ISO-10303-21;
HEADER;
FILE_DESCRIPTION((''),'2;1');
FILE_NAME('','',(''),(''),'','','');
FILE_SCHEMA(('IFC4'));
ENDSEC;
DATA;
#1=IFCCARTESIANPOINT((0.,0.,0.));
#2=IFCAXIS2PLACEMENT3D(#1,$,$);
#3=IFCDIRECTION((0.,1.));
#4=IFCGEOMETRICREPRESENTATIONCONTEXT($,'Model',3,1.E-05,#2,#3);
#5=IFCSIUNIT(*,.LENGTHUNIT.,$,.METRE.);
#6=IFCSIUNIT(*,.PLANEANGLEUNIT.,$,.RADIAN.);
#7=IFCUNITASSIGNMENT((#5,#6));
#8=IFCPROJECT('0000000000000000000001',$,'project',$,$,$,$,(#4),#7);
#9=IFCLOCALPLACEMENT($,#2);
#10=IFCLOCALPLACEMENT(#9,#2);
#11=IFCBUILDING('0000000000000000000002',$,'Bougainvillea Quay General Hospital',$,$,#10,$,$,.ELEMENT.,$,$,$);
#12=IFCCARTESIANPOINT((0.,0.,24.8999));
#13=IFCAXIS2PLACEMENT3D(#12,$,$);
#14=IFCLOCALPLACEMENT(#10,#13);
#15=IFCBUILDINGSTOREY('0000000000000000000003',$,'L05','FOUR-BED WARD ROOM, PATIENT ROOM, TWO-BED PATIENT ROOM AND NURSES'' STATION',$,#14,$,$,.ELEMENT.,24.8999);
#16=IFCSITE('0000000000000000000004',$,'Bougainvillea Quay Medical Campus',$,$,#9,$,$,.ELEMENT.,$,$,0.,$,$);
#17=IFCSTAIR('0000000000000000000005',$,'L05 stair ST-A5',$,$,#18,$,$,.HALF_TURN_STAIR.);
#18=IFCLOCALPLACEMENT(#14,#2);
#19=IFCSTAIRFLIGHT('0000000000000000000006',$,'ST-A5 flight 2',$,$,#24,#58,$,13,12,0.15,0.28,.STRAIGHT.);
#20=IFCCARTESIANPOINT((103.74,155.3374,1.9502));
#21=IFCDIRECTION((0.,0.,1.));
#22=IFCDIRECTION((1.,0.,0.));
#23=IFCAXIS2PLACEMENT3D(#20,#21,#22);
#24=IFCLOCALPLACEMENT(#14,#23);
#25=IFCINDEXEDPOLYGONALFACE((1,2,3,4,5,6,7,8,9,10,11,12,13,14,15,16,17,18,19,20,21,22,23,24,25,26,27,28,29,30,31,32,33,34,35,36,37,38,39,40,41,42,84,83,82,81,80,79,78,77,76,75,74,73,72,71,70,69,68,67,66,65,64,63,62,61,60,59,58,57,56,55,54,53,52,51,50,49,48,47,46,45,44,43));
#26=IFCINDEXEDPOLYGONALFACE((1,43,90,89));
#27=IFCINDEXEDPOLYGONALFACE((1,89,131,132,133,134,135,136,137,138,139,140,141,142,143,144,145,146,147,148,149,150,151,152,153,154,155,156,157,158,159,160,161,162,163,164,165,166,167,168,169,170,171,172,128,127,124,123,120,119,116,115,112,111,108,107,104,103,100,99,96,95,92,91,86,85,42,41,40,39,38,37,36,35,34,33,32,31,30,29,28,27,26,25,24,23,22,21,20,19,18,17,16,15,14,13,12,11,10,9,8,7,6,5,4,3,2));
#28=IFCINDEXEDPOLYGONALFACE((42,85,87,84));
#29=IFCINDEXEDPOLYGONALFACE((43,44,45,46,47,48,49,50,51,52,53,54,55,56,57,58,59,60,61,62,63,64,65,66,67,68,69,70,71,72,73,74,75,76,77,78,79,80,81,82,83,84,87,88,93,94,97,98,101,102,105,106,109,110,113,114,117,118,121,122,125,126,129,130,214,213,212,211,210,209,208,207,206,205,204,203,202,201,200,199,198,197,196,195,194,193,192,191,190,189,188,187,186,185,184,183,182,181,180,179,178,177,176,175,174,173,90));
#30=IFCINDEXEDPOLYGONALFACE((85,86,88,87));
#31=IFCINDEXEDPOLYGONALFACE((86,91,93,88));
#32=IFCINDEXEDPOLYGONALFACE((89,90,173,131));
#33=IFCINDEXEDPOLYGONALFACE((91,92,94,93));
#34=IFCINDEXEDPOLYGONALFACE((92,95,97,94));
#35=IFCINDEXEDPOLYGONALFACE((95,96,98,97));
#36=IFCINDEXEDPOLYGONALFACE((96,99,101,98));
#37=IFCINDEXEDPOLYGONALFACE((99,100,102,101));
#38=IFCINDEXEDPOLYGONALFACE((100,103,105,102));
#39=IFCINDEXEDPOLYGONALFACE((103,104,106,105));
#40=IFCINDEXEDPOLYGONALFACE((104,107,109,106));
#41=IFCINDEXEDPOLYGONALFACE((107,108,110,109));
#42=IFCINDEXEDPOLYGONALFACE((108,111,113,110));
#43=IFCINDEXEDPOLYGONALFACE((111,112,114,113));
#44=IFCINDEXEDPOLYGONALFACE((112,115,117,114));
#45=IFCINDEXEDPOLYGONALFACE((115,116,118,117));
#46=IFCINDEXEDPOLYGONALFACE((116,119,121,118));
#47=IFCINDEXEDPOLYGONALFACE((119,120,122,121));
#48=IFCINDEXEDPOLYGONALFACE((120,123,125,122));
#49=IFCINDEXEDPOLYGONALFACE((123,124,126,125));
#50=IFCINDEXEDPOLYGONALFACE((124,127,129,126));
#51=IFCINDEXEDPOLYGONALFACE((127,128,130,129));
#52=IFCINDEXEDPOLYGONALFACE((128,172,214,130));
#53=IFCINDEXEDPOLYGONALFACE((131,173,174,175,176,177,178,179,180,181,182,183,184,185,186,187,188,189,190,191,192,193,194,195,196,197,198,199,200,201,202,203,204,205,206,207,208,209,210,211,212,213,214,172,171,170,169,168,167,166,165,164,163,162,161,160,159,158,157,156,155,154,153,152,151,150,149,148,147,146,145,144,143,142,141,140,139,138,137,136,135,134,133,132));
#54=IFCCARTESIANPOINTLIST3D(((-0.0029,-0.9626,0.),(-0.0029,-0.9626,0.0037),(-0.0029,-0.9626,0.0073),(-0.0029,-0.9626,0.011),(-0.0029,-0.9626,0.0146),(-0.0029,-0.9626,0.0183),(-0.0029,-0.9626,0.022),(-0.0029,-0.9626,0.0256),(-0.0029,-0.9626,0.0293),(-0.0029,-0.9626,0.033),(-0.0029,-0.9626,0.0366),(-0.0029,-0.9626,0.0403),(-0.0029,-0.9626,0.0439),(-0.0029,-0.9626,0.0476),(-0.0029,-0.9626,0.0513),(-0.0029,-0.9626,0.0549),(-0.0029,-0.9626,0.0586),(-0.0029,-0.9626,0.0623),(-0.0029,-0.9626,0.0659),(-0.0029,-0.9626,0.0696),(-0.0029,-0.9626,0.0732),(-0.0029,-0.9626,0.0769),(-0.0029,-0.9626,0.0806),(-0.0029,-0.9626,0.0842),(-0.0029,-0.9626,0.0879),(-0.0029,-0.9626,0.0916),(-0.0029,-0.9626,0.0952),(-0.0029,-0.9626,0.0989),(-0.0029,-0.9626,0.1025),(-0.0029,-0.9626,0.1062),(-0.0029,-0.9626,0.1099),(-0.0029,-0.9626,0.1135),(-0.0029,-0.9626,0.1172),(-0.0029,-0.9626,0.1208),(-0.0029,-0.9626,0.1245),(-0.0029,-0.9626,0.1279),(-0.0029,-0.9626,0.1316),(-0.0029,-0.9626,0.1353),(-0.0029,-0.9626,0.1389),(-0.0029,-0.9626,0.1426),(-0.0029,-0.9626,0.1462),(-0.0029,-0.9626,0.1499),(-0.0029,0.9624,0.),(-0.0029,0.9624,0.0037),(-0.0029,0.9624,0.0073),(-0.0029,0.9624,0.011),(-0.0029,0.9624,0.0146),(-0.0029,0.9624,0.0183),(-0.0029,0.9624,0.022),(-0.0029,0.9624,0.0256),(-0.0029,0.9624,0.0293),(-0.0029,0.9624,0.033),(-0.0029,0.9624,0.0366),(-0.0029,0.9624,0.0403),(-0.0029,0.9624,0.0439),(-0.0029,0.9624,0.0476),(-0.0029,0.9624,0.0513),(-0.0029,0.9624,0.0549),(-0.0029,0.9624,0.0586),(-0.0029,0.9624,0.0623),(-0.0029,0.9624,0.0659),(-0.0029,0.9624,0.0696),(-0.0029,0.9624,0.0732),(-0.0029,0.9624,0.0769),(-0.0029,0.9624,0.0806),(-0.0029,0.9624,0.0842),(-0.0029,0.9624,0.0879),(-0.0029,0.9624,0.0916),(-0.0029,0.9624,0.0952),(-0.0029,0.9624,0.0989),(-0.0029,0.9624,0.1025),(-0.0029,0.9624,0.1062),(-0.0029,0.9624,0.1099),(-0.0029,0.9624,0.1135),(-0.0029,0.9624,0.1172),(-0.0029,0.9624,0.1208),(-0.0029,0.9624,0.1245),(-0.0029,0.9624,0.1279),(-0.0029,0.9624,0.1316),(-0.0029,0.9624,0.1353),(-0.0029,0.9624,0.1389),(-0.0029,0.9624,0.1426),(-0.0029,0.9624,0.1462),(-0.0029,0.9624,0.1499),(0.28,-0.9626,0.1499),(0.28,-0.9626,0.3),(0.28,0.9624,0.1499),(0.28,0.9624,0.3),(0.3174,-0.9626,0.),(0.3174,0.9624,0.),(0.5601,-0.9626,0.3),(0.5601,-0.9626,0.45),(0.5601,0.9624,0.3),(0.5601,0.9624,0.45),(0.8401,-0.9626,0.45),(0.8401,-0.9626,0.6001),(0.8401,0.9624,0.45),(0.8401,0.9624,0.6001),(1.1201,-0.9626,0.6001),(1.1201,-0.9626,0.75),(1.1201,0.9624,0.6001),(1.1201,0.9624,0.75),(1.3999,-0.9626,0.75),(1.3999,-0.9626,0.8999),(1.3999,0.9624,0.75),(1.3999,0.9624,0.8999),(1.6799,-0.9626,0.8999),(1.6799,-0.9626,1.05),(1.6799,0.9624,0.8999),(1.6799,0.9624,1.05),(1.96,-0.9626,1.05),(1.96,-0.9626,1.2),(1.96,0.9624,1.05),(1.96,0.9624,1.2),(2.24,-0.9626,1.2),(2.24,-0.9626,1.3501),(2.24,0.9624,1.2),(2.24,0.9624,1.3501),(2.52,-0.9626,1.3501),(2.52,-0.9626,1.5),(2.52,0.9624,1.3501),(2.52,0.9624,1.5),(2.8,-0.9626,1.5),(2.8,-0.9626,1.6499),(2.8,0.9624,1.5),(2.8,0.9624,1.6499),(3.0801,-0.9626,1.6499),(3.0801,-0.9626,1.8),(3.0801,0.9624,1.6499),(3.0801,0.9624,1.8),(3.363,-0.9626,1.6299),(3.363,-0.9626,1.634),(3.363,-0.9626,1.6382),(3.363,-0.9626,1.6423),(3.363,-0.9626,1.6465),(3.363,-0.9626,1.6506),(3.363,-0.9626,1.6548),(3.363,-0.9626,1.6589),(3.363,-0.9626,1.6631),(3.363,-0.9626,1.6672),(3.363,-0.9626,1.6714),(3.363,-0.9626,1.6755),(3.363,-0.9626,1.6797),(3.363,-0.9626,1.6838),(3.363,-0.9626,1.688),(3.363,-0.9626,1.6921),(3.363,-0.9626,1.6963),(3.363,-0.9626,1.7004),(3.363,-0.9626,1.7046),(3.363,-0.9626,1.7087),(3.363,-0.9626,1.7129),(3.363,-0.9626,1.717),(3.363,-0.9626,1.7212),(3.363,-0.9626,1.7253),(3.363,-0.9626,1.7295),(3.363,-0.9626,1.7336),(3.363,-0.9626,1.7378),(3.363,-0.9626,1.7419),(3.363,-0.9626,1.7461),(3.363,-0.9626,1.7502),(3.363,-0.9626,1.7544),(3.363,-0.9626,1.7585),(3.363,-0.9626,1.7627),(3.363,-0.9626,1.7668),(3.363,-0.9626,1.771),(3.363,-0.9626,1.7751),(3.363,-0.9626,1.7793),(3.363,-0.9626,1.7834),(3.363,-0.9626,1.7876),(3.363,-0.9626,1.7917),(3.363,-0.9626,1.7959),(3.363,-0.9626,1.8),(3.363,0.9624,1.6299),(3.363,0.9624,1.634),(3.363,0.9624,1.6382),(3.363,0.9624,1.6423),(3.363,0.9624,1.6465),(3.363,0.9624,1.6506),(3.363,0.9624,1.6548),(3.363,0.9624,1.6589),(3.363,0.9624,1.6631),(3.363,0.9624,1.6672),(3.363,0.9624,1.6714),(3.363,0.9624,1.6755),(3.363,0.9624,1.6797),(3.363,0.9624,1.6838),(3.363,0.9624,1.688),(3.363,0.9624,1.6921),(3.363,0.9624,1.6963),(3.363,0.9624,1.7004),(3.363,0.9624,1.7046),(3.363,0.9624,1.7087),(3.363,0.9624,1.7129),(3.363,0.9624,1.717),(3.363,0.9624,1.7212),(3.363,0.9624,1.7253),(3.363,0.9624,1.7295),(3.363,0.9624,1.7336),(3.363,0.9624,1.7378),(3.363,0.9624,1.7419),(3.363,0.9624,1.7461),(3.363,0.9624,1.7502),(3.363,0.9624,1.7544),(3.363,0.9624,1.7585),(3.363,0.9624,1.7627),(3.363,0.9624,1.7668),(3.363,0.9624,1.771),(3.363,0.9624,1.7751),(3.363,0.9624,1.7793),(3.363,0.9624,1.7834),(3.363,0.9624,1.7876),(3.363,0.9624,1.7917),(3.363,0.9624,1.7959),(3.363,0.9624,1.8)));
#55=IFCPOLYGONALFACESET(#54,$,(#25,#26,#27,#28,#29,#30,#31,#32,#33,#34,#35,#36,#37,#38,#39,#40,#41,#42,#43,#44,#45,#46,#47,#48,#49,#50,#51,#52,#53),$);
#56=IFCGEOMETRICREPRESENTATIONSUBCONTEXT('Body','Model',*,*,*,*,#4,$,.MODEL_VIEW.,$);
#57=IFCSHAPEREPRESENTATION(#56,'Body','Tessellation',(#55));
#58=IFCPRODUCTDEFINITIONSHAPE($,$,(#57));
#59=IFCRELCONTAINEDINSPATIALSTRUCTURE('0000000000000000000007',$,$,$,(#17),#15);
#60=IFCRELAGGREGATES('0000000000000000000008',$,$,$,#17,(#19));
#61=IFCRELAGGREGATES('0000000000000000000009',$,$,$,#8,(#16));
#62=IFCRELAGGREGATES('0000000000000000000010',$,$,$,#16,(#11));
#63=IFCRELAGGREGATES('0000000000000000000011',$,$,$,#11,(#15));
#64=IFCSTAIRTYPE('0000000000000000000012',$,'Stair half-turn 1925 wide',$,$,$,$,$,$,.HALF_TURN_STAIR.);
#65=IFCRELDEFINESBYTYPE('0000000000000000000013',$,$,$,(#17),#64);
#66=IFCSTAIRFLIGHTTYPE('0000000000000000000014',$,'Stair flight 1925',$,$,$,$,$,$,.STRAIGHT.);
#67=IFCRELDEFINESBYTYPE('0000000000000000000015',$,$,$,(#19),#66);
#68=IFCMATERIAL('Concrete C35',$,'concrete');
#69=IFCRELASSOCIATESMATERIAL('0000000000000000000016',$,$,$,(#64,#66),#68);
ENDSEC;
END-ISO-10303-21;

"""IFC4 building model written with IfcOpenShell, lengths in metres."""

from ifc_helpers import new_model, si_unit, direction, frame, origin, place, context, subcontext, project, spatial, polyline, outline, extrude, material, type_object, element, aggregate, save


model = new_model("IFC4")

# Units and contexts
model_context = context("Model", 3, precision=1e-05, world=origin(), true_north=direction((0.0, 1.0)))
body_context = subcontext(model_context, "Body", "Model", "MODEL_VIEW")
ifc_project = project(units=[si_unit("LENGTHUNIT", "METRE"), si_unit("PLANEANGLEUNIT", "RADIAN")], contexts=[model_context])

# Site, building, storey
site_placement = place(None, origin())
site = spatial("IfcSite", under=ifc_project, at=site_placement, Name="Bougainvillea Quay Medical Campus", CompositionType="ELEMENT", RefElevation=0.0)
building_placement = place(site_placement, origin())
building = spatial("IfcBuilding", under=site, at=building_placement, Name="Bougainvillea Quay General Hospital", CompositionType="ELEMENT")
storey_placement = place(building_placement, frame((0.0, 0.0, 24.8999)))
storey = spatial("IfcBuildingStorey", under=building, at=storey_placement, Name="L05", Description="FOUR-BED WARD ROOM, PATIENT ROOM, TWO-BED PATIENT ROOM AND NURSES' STATION", CompositionType="ELEMENT", Elevation=24.8999)

# Stair, stair flight
ifc_material_1 = material(Name="Concrete C35", Category="concrete")
stair_type = type_object("IfcStairType", Name="Stair half-turn 1925 wide", PredefinedType="HALF_TURN_STAIR", material=ifc_material_1)
stair_placement = place(storey_placement, origin())
stair = element("IfcStair", 1, at=stair_placement, inside=storey, type_object=stair_type, Name="L05 stair ST-A5", PredefinedType="HALF_TURN_STAIR")
stair_flight_type = type_object("IfcStairFlightType", Name="Stair flight 1925", PredefinedType="STRAIGHT", material=ifc_material_1)
stair_flight_placement = place(storey_placement, frame((103.74, 155.3374, 1.9502), z_axis=(0.0, 0.0, 1.0), x_axis=(1.0, 0.0, 0.0)))
stair_flight = element("IfcStairFlight", 2, at=stair_flight_placement, type_object=stair_flight_type, Name="ST-A5 flight 2", NumberOfRisers=13, NumberOfTreads=12, PredefinedType="STRAIGHT", RiserHeight=0.15, TreadLength=0.28, context=body_context, shape_type="SweptSolid", body=[
    extrude(outline(polyline([(-0.0029, 0.0), (-0.0029, 0.0037), (-0.0029, 0.0073), (-0.0029, 0.011), (-0.0029, 0.0146), (-0.0029, 0.0183), (-0.0029, 0.022), (-0.0029, 0.0256), (-0.0029, 0.0293), (-0.0029, 0.033), (-0.0029, 0.0366), (-0.0029, 0.0403), (-0.0029, 0.0439), (-0.0029, 0.0476), (-0.0029, 0.0513), (-0.0029, 0.0549), (-0.0029, 0.0586), (-0.0029, 0.0623), (-0.0029, 0.0659), (-0.0029, 0.0696), (-0.0029, 0.0732), (-0.0029, 0.0769), (-0.0029, 0.0806), (-0.0029, 0.0842), (-0.0029, 0.0879), (-0.0029, 0.0916), (-0.0029, 0.0952), (-0.0029, 0.0989), (-0.0029, 0.1025), (-0.0029, 0.1062), (-0.0029, 0.1099), (-0.0029, 0.1135), (-0.0029, 0.1172), (-0.0029, 0.1208), (-0.0029, 0.1245), (-0.0029, 0.1279), (-0.0029, 0.1316), (-0.0029, 0.1353), (-0.0029, 0.1389), (-0.0029, 0.1426), (-0.0029, 0.1462), (-0.0029, 0.1499), (0.28, 0.1499), (0.28, 0.3), (0.5601, 0.3), (0.5601, 0.45), (0.8401, 0.45), (0.8401, 0.6001), (1.1201, 0.6001), (1.1201, 0.75), (1.3999, 0.75), (1.3999, 0.8999), (1.6799, 0.8999), (1.6799, 1.05), (1.96, 1.05), (1.96, 1.2), (2.24, 1.2), (2.24, 1.3501), (2.52, 1.3501), (2.52, 1.5), (2.8, 1.5), (2.8, 1.6499), (3.0801, 1.6499), (3.0801, 1.8), (3.363, 1.8), (3.363, 1.7959), (3.363, 1.7917), (3.363, 1.7876), (3.363, 1.7834), (3.363, 1.7793), (3.363, 1.7751), (3.363, 1.771), (3.363, 1.7668), (3.363, 1.7627), (3.363, 1.7585), (3.363, 1.7544), (3.363, 1.7502), (3.363, 1.7461), (3.363, 1.7419), (3.363, 1.7378), (3.363, 1.7336), (3.363, 1.7295), (3.363, 1.7253), (3.363, 1.7212), (3.363, 1.717), (3.363, 1.7129), (3.363, 1.7087), (3.363, 1.7046), (3.363, 1.7004), (3.363, 1.6963), (3.363, 1.6921), (3.363, 1.688), (3.363, 1.6838), (3.363, 1.6797), (3.363, 1.6755), (3.363, 1.6714), (3.363, 1.6672), (3.363, 1.6631), (3.363, 1.6589), (3.363, 1.6548), (3.363, 1.6506), (3.363, 1.6465), (3.363, 1.6423), (3.363, 1.6382), (3.363, 1.634), (3.363, 1.6299), (0.3174, 0.0), (-0.0029, 0.0)])), frame((0.0, 0.9624, 0.0), z_axis=(0.0, -1.0, 0.0), x_axis=(1.0, 0.0, 0.0)), (0.0, 0.0, 1.0), 1.925),
])
aggregate(stair, [stair_flight])

save(model, "model.ifc")
